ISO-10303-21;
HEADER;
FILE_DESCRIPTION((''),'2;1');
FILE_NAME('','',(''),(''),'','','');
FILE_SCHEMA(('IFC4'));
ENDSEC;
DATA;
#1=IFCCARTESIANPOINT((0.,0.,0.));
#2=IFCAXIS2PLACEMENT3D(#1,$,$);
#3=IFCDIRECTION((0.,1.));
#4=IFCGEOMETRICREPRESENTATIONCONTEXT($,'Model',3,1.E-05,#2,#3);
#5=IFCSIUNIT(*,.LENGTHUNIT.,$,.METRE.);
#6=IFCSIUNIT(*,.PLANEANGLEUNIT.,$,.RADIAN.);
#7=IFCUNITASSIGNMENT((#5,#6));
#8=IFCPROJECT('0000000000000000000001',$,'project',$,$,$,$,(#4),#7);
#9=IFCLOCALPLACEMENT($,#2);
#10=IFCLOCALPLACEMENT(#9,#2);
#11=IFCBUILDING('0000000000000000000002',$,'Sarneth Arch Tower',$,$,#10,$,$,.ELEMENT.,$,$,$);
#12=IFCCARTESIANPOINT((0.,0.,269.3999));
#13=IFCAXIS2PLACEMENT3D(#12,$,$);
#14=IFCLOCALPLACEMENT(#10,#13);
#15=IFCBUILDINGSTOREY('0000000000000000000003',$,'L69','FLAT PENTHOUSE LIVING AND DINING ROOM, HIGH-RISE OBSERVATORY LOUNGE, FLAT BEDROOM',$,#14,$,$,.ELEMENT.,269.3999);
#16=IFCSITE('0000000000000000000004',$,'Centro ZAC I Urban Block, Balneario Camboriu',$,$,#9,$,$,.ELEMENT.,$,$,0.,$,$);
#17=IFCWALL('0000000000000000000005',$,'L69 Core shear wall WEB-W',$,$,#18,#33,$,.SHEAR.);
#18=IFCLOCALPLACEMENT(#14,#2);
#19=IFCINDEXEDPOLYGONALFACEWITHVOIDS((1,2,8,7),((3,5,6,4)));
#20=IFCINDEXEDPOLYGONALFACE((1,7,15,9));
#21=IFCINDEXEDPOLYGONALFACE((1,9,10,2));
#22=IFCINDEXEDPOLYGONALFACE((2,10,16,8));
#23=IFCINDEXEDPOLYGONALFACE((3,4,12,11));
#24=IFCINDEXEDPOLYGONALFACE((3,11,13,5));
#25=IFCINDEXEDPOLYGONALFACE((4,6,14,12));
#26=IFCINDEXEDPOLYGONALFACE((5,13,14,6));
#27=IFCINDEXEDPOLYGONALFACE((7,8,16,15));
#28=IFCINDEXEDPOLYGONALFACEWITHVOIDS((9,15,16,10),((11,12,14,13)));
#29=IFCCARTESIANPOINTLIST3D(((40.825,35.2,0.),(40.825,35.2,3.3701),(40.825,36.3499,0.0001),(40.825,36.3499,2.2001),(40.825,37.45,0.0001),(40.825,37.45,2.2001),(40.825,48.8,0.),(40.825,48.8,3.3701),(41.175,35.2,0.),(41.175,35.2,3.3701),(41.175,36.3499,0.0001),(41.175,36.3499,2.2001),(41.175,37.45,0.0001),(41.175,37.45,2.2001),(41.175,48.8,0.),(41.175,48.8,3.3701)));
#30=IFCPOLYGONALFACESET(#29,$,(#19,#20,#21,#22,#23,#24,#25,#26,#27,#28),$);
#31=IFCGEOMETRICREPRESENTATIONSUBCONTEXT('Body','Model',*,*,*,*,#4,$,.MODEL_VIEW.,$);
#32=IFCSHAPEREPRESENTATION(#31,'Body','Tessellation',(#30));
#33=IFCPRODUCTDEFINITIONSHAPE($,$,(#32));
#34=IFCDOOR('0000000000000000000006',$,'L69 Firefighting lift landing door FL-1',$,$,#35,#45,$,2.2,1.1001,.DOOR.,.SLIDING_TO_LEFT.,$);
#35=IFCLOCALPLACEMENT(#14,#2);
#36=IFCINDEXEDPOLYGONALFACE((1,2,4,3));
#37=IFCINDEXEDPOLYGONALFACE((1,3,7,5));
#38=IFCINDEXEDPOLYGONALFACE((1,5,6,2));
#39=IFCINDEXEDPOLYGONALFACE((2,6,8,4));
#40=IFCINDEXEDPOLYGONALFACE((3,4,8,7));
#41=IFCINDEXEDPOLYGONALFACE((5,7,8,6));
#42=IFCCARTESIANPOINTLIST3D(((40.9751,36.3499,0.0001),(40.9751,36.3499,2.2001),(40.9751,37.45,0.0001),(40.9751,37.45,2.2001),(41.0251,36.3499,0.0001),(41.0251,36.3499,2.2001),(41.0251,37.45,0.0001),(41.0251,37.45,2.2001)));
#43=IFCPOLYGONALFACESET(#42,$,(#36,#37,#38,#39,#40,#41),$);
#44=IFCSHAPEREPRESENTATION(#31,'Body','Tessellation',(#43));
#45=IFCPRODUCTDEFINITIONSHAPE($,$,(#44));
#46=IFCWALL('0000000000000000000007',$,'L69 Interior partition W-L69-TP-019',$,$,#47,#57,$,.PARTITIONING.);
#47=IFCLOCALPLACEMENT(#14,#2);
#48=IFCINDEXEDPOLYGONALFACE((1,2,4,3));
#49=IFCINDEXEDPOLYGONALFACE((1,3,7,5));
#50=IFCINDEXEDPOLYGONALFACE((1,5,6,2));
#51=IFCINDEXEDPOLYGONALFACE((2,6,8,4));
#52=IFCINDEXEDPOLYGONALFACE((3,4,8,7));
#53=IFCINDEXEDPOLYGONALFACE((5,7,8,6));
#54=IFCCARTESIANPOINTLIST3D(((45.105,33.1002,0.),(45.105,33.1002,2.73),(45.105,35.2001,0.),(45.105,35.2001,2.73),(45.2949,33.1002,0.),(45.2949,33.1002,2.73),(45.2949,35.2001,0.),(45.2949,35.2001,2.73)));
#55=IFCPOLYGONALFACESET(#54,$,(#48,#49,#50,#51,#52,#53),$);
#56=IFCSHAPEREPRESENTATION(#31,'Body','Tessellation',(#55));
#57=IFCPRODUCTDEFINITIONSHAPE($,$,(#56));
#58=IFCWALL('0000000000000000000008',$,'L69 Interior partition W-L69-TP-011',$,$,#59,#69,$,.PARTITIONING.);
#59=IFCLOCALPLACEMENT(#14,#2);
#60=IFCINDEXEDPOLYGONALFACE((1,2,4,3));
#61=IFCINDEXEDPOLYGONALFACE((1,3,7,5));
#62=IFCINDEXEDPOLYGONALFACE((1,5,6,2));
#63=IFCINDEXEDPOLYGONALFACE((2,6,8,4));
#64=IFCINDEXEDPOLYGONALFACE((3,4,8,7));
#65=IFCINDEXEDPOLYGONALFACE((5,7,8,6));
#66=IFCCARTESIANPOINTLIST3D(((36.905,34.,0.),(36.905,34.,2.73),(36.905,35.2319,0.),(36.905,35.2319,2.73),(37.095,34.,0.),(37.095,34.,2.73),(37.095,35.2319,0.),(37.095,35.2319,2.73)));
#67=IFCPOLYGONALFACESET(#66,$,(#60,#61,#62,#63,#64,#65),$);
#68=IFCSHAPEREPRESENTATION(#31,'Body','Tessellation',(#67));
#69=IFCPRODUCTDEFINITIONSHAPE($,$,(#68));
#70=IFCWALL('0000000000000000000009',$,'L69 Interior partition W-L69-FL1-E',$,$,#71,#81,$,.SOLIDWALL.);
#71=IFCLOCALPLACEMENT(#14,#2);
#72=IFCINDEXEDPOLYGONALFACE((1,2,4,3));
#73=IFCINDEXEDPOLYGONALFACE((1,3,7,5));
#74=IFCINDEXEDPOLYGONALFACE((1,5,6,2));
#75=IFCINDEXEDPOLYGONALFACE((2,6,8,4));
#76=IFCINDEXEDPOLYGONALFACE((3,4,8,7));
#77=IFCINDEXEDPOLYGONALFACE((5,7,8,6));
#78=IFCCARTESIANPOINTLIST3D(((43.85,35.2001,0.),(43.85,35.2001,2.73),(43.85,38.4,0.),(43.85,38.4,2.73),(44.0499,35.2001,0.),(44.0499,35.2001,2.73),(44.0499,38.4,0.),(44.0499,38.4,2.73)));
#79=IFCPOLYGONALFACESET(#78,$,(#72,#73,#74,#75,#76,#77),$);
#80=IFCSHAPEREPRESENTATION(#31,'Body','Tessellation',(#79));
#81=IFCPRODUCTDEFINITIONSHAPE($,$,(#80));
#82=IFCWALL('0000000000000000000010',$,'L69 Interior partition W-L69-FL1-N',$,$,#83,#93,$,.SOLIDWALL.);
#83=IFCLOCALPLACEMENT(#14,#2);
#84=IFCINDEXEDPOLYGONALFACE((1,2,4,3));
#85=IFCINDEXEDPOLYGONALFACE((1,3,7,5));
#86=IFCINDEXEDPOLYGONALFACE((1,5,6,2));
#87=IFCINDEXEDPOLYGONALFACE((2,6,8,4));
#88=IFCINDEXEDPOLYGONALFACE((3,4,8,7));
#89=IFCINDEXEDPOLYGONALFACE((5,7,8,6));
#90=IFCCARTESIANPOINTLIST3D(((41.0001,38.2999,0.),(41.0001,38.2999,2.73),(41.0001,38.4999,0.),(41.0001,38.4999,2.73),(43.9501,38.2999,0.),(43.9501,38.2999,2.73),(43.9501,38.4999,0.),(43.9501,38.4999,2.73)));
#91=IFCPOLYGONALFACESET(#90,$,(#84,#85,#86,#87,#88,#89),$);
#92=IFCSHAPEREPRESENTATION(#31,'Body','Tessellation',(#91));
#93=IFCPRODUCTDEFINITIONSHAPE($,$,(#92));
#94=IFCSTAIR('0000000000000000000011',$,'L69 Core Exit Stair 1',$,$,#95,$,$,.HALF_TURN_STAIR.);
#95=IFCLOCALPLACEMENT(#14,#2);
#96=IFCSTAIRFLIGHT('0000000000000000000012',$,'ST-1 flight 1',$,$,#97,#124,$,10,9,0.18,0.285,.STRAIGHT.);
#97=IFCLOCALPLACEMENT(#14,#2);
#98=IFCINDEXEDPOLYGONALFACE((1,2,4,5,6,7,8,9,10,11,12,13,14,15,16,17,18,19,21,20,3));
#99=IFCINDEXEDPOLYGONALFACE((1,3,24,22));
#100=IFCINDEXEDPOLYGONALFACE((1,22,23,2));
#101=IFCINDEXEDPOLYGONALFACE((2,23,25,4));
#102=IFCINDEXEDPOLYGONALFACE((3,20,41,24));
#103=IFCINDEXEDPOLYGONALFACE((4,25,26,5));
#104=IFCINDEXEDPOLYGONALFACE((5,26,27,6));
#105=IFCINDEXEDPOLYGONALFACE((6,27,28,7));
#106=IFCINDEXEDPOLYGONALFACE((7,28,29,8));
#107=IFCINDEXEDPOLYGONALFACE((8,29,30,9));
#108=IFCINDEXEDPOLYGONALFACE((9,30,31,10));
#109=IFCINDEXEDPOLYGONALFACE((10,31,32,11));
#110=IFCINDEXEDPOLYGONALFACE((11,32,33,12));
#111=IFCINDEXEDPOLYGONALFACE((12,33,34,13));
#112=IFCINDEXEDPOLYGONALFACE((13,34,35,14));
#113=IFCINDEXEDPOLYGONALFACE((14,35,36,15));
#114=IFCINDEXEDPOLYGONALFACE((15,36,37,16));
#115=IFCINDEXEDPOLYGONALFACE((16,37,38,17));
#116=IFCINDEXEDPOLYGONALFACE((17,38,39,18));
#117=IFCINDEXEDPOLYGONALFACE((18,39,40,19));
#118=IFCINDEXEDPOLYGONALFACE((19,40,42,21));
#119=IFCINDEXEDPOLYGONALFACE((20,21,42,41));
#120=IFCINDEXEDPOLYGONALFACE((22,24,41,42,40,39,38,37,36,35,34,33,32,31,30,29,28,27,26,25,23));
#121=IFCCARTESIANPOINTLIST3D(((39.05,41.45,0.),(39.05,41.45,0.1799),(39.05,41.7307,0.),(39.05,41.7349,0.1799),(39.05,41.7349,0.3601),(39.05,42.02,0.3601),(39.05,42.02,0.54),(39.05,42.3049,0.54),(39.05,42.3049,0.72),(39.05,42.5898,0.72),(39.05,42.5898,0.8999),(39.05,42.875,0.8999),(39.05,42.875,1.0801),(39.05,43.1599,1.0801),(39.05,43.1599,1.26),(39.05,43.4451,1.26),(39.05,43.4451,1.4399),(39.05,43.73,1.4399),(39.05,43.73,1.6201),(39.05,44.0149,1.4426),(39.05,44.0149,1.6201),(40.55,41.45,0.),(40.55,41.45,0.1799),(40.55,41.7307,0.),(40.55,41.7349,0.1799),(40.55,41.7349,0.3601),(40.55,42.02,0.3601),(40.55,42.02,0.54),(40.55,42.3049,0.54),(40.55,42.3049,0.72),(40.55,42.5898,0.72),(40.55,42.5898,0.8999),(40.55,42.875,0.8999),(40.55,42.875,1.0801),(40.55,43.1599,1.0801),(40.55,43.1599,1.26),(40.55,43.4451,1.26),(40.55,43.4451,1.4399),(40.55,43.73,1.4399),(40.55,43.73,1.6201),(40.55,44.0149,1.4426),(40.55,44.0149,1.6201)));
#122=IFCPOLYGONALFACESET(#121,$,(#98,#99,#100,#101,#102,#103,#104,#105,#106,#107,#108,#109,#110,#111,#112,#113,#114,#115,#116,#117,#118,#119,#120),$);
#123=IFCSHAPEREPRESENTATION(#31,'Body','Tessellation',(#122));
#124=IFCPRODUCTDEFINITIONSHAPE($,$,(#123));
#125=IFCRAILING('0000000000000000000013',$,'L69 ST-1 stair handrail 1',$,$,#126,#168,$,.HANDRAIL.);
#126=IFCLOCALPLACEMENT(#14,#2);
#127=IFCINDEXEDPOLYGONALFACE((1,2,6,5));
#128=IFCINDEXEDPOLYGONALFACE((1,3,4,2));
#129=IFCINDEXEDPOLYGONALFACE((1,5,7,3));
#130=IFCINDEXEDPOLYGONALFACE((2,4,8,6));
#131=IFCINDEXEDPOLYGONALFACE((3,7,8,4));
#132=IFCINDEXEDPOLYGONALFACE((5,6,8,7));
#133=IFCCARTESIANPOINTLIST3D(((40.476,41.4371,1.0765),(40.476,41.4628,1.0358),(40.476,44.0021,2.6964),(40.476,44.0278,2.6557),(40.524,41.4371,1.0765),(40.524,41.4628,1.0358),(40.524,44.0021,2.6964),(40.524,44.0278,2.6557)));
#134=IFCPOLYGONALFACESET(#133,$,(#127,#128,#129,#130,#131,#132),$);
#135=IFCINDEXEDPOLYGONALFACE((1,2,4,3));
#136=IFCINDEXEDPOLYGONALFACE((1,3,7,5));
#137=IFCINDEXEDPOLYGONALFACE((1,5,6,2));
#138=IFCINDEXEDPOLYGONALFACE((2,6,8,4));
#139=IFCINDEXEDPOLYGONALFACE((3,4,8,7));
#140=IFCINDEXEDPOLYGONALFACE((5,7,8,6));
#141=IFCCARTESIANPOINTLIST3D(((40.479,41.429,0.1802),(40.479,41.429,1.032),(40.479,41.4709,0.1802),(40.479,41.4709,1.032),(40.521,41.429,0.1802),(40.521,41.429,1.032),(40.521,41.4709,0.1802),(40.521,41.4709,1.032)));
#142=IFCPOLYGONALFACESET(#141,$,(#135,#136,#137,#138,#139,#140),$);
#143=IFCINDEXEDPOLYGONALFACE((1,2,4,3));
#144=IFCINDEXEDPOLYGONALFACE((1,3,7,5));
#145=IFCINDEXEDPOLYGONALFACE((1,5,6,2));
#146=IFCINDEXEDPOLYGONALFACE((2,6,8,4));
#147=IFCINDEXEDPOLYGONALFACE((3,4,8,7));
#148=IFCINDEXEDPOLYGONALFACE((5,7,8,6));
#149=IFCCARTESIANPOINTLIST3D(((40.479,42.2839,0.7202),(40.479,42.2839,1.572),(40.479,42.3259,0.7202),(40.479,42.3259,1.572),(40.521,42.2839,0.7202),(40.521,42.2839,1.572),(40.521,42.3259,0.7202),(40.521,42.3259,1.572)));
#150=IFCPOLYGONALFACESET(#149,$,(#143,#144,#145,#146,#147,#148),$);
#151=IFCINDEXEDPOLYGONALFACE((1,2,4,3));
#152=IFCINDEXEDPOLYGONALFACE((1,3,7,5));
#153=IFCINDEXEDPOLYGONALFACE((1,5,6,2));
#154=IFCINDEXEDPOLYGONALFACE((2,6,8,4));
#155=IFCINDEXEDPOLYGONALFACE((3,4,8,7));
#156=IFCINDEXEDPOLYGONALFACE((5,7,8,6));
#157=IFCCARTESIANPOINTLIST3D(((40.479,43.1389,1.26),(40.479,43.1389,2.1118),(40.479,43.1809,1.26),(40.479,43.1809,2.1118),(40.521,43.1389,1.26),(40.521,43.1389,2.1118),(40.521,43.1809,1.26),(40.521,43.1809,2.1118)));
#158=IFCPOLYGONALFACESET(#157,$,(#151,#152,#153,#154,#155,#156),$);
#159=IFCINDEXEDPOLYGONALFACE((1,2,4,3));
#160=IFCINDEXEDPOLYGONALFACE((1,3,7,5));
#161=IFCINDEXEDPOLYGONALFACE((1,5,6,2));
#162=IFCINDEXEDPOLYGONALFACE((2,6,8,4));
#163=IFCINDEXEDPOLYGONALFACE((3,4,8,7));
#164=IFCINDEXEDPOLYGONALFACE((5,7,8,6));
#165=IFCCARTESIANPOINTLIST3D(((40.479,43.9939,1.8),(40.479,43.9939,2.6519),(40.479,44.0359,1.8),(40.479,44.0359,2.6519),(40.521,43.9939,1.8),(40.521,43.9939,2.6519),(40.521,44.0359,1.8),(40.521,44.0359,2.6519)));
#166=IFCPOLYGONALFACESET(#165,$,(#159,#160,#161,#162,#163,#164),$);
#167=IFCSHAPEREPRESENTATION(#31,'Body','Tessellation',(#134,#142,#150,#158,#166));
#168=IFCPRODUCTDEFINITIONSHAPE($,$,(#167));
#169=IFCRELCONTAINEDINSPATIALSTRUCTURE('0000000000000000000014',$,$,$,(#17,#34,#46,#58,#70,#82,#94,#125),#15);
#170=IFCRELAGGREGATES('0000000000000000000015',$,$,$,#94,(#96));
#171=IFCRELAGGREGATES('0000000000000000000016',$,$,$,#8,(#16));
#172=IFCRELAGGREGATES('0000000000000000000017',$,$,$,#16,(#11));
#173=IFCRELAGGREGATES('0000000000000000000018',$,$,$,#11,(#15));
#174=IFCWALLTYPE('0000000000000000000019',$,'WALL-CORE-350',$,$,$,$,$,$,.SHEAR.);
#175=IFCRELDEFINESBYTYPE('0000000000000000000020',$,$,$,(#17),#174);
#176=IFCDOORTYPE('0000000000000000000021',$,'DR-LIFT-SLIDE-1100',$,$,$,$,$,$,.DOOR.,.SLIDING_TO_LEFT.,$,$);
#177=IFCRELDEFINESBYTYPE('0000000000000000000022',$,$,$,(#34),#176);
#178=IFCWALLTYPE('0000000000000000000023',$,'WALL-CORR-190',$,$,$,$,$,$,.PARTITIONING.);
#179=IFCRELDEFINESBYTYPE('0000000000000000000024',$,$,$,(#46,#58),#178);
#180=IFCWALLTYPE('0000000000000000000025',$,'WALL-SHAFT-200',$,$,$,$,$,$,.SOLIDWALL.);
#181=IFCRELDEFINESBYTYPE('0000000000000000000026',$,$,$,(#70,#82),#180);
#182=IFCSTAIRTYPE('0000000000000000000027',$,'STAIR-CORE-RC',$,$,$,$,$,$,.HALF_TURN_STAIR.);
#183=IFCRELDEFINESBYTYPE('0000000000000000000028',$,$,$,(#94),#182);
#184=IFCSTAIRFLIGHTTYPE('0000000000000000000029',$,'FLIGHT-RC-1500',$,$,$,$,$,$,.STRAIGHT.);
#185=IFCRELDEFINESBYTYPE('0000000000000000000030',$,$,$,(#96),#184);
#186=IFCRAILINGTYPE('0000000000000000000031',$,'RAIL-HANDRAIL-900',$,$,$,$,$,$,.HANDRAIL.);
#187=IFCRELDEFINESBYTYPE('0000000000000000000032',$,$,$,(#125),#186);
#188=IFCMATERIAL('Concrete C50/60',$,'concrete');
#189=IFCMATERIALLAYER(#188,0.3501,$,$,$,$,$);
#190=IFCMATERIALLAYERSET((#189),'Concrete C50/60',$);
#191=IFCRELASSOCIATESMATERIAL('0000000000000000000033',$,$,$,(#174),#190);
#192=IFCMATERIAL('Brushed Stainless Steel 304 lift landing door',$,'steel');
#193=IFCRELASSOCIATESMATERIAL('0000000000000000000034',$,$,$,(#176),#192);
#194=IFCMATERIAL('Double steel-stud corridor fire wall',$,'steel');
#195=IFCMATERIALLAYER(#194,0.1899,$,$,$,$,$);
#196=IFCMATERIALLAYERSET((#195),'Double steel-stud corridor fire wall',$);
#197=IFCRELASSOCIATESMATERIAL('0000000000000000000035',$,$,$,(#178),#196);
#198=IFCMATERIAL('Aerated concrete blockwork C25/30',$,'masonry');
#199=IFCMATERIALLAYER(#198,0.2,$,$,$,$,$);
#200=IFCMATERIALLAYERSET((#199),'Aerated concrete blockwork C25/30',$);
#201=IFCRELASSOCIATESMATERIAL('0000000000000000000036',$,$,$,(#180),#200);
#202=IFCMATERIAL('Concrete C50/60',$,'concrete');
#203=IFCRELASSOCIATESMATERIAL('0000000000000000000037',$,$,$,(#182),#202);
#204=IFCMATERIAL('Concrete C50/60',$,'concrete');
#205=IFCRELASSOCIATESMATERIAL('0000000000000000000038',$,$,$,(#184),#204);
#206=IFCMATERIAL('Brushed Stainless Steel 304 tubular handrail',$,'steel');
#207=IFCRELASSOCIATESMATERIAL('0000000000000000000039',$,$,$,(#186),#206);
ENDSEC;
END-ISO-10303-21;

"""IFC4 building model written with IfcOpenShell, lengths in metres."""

from ifc_helpers import new_model, si_unit, direction, frame, frame_2d, origin, origin_2d, place, context, subcontext, project, spatial, polyline, rectangle, outline, extrude, material, layer, layer_set, type_object, element, fill, aggregate, save


model = new_model("IFC4")

# Units and contexts
model_context = context("Model", 3, precision=1e-05, world=origin(), true_north=direction((0.0, 1.0)))
body_context = subcontext(model_context, "Body", "Model", "MODEL_VIEW")
ifc_project = project(units=[si_unit("LENGTHUNIT", "METRE"), si_unit("PLANEANGLEUNIT", "RADIAN")], contexts=[model_context])

# Site, building, storey
site_placement = place(None, origin())
site = spatial("IfcSite", under=ifc_project, at=site_placement, Name="Centro ZAC I Urban Block, Balneario Camboriu", CompositionType="ELEMENT", RefElevation=0.0)
building_placement = place(site_placement, origin())
building = spatial("IfcBuilding", under=site, at=building_placement, Name="Sarneth Arch Tower", CompositionType="ELEMENT")
storey_placement = place(building_placement, frame((0.0, 0.0, 269.3999)))
storey = spatial("IfcBuildingStorey", under=building, at=storey_placement, Name="L69", Description="FLAT PENTHOUSE LIVING AND DINING ROOM, HIGH-RISE OBSERVATORY LOUNGE, FLAT BEDROOM", CompositionType="ELEMENT", Elevation=269.3999)

# Shared definitions
ifc_material_1 = material(Name="Concrete C50/60", Category="concrete")
ifc_layer_1 = layer(ifc_material_1, 0.3501)
ifc_layer_set_1 = layer_set([ifc_layer_1], Name="Concrete C50/60")
wall_type_1 = type_object("IfcWallType", Name="WALL-CORE-350", PredefinedType="SHEAR", material=ifc_layer_set_1)

# Wall, opening, door
wall_1_placement = place(storey_placement, frame((41.0, 35.2, 0.0), z_axis=(0.0, 0.0, 1.0), x_axis=(0.0, 1.0, 0.0)))
wall_1 = element("IfcWall", 1, at=wall_1_placement, inside=storey, type_object=wall_type_1, Name="L69 Core shear wall WEB-W", PredefinedType="SHEAR", context=body_context, shape_type="SweptSolid", body=[
    extrude(rectangle(XDim=13.6001, YDim=0.3501, at=frame_2d((6.8, 0.0))), origin(), (0.0, 0.0, 1.0), 3.3701),
])
opening_1_placement = place(wall_1_placement, frame((1.1499, 0.0, 0.0)))
opening_1 = element("IfcOpeningElement", 2, at=opening_1_placement, cuts=wall_1, PredefinedType="OPENING", context=body_context, shape_type="SweptSolid", body=[
    extrude(rectangle(XDim=1.1001, YDim=2.2, at=frame_2d((0.55, 1.1001))), frame((0.0, 0.1851, 0.0), z_axis=(0.0, -1.0, 0.0), x_axis=(1.0, 0.0, 0.0)), (0.0, 0.0, 1.0), 0.3701),
])
ifc_material_2 = material(Name="Brushed Stainless Steel 304 lift landing door", Category="steel")
door_type_1 = type_object("IfcDoorType", Name="DR-LIFT-SLIDE-1100", OperationType="SLIDING_TO_LEFT", PredefinedType="DOOR", material=ifc_material_2)
door_1_placement = place(opening_1_placement, origin())
door_1 = element("IfcDoor", 3, at=door_1_placement, inside=storey, type_object=door_type_1, Name="L69 Firefighting lift landing door FL-1", OperationType="SLIDING_TO_LEFT", OverallHeight=2.2, OverallWidth=1.1001, PredefinedType="DOOR", context=body_context, shape_type="SweptSolid", body=[
    extrude(rectangle(XDim=1.1001, YDim=2.2, at=frame_2d((0.55, 1.1001))), frame((0.0, 0.0249, 0.0), z_axis=(0.0, -1.0, 0.0), x_axis=(1.0, 0.0, 0.0)), (0.0, 0.0, 1.0), 0.05),
])
fill(opening_1, door_1)

# Walls
ifc_material_3 = material(Name="Double steel-stud corridor fire wall", Category="steel")
ifc_layer_2 = layer(ifc_material_3, 0.1899)
ifc_layer_set_2 = layer_set([ifc_layer_2], Name="Double steel-stud corridor fire wall")
wall_type_2 = type_object("IfcWallType", Name="WALL-CORR-190", PredefinedType="PARTITIONING", material=ifc_layer_set_2)
wall_2_placement = place(storey_placement, frame((45.2, 35.2, 0.0), z_axis=(0.0, 0.0, 1.0), x_axis=(0.0, -1.0, 0.0)))
element("IfcWall", 4, at=wall_2_placement, inside=storey, type_object=wall_type_2, Name="L69 Interior partition W-L69-TP-019", PredefinedType="PARTITIONING", context=body_context, shape_type="SweptSolid", body=[
    extrude(rectangle(XDim=2.0999, YDim=0.1899, at=frame_2d((1.0498, 0.0))), origin(), (0.0, 0.0, 1.0), 2.73),
])
wall_3_placement = place(storey_placement, frame((37.0, 35.2319, 0.0), z_axis=(0.0, 0.0, 1.0), x_axis=(0.0, -1.0, 0.0)))
element("IfcWall", 5, at=wall_3_placement, inside=storey, type_object=wall_type_2, Name="L69 Interior partition W-L69-TP-011", PredefinedType="PARTITIONING", context=body_context, shape_type="SweptSolid", body=[
    extrude(rectangle(XDim=1.2319, YDim=0.1899, at=frame_2d((0.616, 0.0))), origin(), (0.0, 0.0, 1.0), 2.73),
])

# Shared definitions
ifc_material_4 = material(Name="Aerated concrete blockwork C25/30", Category="masonry")
ifc_layer_3 = layer(ifc_material_4, 0.2)
ifc_layer_set_3 = layer_set([ifc_layer_3], Name="Aerated concrete blockwork C25/30")
wall_type_3 = type_object("IfcWallType", Name="WALL-SHAFT-200", PredefinedType="SOLIDWALL", material=ifc_layer_set_3)

# Walls
wall_4_placement = place(storey_placement, frame((43.95, 35.2, 0.0), z_axis=(0.0, 0.0, 1.0), x_axis=(0.0, 1.0, 0.0)))
element("IfcWall", 6, at=wall_4_placement, inside=storey, type_object=wall_type_3, Name="L69 Interior partition W-L69-FL1-E", PredefinedType="SOLIDWALL", context=body_context, shape_type="SweptSolid", body=[
    extrude(rectangle(XDim=3.2, YDim=0.2, at=frame_2d((1.6001, 0.0))), origin(), (0.0, 0.0, 1.0), 2.73),
])
wall_5_placement = place(storey_placement, frame((41.0, 38.3999, 0.0), z_axis=(0.0, 0.0, 1.0), x_axis=(1.0, 0.0, 0.0)))
element("IfcWall", 7, at=wall_5_placement, inside=storey, type_object=wall_type_3, Name="L69 Interior partition W-L69-FL1-N", PredefinedType="SOLIDWALL", context=body_context, shape_type="SweptSolid", body=[
    extrude(rectangle(XDim=2.95, YDim=0.2, at=frame_2d((1.4751, 0.0))), origin(), (0.0, 0.0, 1.0), 2.73),
])

# Stair, stair flight
ifc_material_5 = material(Name="Concrete C50/60", Category="concrete")
stair_type = type_object("IfcStairType", Name="STAIR-CORE-RC", PredefinedType="HALF_TURN_STAIR", material=ifc_material_5)
stair_placement = place(storey_placement, origin())
stair = element("IfcStair", 8, at=stair_placement, inside=storey, type_object=stair_type, Name="L69 Core Exit Stair 1", PredefinedType="HALF_TURN_STAIR")
ifc_material_6 = material(Name="Concrete C50/60", Category="concrete")
stair_flight_type = type_object("IfcStairFlightType", Name="FLIGHT-RC-1500", PredefinedType="STRAIGHT", material=ifc_material_6)
stair_flight_placement = place(storey_placement, frame((39.8, 41.45, 0.0), z_axis=(0.0, 0.0, 1.0), x_axis=(0.0, 1.0, 0.0)))
stair_flight = element("IfcStairFlight", 9, at=stair_flight_placement, type_object=stair_flight_type, Name="ST-1 flight 1", NumberOfRisers=10, NumberOfTreads=9, PredefinedType="STRAIGHT", RiserHeight=0.18, TreadLength=0.285, context=body_context, shape_type="SweptSolid", body=[
    extrude(outline(polyline([(0.0, 0.0), (0.0, 0.1799), (0.2849, 0.1799), (0.2849, 0.3601), (0.5701, 0.3601), (0.5701, 0.54), (0.855, 0.54), (0.855, 0.72), (1.1399, 0.72), (1.1399, 0.8999), (1.425, 0.8999), (1.425, 1.0801), (1.71, 1.0801), (1.71, 1.26), (1.9951, 1.26), (1.9951, 1.4399), (2.28, 1.4399), (2.28, 1.6201), (2.5649, 1.6201), (2.5649, 1.8), (2.5649, 1.4426), (0.2808, 0.0), (0.0, 0.0)])), frame((0.0, 0.75, 0.0), z_axis=(0.0, -1.0, 0.0), x_axis=(1.0, 0.0, 0.0)), (0.0, 0.0, 1.0), 1.5),
])
aggregate(stair, [stair_flight])

# Railing
ifc_material_7 = material(Name="Brushed Stainless Steel 304 tubular handrail", Category="steel")
railing_type_1 = type_object("IfcRailingType", Name="RAIL-HANDRAIL-900", PredefinedType="HANDRAIL", material=ifc_material_7)
railing_1_placement = place(storey_placement, frame((40.5, 41.45, 0.1802)))
element("IfcRailing", 10, at=railing_1_placement, inside=storey, type_object=railing_type_1, Name="L69 ST-1 stair handrail 1", PredefinedType="HANDRAIL", context=body_context, shape_type="SweptSolid", body=[
    extrude(rectangle(XDim=0.0481, YDim=0.0481, at=origin_2d()), frame((0.0, 0.0, 0.876), z_axis=(0.0, 0.845502, 0.533972), x_axis=(-1.0, 0.0, 0.0)), (0.0, 0.0, 1.0), 3.0337),
    extrude(rectangle(XDim=0.042, YDim=0.042, at=origin_2d()), origin(), (0.0, 0.0, 1.0), 0.8518),
    extrude(rectangle(XDim=0.042, YDim=0.042, at=origin_2d()), frame((0.0, 0.855, 0.54)), (0.0, 0.0, 1.0), 0.8518),
    extrude(rectangle(XDim=0.042, YDim=0.042, at=origin_2d()), frame((0.0, 1.71, 1.0798)), (0.0, 0.0, 1.0), 0.8518),
    extrude(rectangle(XDim=0.042, YDim=0.042, at=origin_2d()), frame((0.0, 2.5649, 1.6199)), (0.0, 0.0, 1.0), 0.8518),
])

save(model, "model.ifc")
